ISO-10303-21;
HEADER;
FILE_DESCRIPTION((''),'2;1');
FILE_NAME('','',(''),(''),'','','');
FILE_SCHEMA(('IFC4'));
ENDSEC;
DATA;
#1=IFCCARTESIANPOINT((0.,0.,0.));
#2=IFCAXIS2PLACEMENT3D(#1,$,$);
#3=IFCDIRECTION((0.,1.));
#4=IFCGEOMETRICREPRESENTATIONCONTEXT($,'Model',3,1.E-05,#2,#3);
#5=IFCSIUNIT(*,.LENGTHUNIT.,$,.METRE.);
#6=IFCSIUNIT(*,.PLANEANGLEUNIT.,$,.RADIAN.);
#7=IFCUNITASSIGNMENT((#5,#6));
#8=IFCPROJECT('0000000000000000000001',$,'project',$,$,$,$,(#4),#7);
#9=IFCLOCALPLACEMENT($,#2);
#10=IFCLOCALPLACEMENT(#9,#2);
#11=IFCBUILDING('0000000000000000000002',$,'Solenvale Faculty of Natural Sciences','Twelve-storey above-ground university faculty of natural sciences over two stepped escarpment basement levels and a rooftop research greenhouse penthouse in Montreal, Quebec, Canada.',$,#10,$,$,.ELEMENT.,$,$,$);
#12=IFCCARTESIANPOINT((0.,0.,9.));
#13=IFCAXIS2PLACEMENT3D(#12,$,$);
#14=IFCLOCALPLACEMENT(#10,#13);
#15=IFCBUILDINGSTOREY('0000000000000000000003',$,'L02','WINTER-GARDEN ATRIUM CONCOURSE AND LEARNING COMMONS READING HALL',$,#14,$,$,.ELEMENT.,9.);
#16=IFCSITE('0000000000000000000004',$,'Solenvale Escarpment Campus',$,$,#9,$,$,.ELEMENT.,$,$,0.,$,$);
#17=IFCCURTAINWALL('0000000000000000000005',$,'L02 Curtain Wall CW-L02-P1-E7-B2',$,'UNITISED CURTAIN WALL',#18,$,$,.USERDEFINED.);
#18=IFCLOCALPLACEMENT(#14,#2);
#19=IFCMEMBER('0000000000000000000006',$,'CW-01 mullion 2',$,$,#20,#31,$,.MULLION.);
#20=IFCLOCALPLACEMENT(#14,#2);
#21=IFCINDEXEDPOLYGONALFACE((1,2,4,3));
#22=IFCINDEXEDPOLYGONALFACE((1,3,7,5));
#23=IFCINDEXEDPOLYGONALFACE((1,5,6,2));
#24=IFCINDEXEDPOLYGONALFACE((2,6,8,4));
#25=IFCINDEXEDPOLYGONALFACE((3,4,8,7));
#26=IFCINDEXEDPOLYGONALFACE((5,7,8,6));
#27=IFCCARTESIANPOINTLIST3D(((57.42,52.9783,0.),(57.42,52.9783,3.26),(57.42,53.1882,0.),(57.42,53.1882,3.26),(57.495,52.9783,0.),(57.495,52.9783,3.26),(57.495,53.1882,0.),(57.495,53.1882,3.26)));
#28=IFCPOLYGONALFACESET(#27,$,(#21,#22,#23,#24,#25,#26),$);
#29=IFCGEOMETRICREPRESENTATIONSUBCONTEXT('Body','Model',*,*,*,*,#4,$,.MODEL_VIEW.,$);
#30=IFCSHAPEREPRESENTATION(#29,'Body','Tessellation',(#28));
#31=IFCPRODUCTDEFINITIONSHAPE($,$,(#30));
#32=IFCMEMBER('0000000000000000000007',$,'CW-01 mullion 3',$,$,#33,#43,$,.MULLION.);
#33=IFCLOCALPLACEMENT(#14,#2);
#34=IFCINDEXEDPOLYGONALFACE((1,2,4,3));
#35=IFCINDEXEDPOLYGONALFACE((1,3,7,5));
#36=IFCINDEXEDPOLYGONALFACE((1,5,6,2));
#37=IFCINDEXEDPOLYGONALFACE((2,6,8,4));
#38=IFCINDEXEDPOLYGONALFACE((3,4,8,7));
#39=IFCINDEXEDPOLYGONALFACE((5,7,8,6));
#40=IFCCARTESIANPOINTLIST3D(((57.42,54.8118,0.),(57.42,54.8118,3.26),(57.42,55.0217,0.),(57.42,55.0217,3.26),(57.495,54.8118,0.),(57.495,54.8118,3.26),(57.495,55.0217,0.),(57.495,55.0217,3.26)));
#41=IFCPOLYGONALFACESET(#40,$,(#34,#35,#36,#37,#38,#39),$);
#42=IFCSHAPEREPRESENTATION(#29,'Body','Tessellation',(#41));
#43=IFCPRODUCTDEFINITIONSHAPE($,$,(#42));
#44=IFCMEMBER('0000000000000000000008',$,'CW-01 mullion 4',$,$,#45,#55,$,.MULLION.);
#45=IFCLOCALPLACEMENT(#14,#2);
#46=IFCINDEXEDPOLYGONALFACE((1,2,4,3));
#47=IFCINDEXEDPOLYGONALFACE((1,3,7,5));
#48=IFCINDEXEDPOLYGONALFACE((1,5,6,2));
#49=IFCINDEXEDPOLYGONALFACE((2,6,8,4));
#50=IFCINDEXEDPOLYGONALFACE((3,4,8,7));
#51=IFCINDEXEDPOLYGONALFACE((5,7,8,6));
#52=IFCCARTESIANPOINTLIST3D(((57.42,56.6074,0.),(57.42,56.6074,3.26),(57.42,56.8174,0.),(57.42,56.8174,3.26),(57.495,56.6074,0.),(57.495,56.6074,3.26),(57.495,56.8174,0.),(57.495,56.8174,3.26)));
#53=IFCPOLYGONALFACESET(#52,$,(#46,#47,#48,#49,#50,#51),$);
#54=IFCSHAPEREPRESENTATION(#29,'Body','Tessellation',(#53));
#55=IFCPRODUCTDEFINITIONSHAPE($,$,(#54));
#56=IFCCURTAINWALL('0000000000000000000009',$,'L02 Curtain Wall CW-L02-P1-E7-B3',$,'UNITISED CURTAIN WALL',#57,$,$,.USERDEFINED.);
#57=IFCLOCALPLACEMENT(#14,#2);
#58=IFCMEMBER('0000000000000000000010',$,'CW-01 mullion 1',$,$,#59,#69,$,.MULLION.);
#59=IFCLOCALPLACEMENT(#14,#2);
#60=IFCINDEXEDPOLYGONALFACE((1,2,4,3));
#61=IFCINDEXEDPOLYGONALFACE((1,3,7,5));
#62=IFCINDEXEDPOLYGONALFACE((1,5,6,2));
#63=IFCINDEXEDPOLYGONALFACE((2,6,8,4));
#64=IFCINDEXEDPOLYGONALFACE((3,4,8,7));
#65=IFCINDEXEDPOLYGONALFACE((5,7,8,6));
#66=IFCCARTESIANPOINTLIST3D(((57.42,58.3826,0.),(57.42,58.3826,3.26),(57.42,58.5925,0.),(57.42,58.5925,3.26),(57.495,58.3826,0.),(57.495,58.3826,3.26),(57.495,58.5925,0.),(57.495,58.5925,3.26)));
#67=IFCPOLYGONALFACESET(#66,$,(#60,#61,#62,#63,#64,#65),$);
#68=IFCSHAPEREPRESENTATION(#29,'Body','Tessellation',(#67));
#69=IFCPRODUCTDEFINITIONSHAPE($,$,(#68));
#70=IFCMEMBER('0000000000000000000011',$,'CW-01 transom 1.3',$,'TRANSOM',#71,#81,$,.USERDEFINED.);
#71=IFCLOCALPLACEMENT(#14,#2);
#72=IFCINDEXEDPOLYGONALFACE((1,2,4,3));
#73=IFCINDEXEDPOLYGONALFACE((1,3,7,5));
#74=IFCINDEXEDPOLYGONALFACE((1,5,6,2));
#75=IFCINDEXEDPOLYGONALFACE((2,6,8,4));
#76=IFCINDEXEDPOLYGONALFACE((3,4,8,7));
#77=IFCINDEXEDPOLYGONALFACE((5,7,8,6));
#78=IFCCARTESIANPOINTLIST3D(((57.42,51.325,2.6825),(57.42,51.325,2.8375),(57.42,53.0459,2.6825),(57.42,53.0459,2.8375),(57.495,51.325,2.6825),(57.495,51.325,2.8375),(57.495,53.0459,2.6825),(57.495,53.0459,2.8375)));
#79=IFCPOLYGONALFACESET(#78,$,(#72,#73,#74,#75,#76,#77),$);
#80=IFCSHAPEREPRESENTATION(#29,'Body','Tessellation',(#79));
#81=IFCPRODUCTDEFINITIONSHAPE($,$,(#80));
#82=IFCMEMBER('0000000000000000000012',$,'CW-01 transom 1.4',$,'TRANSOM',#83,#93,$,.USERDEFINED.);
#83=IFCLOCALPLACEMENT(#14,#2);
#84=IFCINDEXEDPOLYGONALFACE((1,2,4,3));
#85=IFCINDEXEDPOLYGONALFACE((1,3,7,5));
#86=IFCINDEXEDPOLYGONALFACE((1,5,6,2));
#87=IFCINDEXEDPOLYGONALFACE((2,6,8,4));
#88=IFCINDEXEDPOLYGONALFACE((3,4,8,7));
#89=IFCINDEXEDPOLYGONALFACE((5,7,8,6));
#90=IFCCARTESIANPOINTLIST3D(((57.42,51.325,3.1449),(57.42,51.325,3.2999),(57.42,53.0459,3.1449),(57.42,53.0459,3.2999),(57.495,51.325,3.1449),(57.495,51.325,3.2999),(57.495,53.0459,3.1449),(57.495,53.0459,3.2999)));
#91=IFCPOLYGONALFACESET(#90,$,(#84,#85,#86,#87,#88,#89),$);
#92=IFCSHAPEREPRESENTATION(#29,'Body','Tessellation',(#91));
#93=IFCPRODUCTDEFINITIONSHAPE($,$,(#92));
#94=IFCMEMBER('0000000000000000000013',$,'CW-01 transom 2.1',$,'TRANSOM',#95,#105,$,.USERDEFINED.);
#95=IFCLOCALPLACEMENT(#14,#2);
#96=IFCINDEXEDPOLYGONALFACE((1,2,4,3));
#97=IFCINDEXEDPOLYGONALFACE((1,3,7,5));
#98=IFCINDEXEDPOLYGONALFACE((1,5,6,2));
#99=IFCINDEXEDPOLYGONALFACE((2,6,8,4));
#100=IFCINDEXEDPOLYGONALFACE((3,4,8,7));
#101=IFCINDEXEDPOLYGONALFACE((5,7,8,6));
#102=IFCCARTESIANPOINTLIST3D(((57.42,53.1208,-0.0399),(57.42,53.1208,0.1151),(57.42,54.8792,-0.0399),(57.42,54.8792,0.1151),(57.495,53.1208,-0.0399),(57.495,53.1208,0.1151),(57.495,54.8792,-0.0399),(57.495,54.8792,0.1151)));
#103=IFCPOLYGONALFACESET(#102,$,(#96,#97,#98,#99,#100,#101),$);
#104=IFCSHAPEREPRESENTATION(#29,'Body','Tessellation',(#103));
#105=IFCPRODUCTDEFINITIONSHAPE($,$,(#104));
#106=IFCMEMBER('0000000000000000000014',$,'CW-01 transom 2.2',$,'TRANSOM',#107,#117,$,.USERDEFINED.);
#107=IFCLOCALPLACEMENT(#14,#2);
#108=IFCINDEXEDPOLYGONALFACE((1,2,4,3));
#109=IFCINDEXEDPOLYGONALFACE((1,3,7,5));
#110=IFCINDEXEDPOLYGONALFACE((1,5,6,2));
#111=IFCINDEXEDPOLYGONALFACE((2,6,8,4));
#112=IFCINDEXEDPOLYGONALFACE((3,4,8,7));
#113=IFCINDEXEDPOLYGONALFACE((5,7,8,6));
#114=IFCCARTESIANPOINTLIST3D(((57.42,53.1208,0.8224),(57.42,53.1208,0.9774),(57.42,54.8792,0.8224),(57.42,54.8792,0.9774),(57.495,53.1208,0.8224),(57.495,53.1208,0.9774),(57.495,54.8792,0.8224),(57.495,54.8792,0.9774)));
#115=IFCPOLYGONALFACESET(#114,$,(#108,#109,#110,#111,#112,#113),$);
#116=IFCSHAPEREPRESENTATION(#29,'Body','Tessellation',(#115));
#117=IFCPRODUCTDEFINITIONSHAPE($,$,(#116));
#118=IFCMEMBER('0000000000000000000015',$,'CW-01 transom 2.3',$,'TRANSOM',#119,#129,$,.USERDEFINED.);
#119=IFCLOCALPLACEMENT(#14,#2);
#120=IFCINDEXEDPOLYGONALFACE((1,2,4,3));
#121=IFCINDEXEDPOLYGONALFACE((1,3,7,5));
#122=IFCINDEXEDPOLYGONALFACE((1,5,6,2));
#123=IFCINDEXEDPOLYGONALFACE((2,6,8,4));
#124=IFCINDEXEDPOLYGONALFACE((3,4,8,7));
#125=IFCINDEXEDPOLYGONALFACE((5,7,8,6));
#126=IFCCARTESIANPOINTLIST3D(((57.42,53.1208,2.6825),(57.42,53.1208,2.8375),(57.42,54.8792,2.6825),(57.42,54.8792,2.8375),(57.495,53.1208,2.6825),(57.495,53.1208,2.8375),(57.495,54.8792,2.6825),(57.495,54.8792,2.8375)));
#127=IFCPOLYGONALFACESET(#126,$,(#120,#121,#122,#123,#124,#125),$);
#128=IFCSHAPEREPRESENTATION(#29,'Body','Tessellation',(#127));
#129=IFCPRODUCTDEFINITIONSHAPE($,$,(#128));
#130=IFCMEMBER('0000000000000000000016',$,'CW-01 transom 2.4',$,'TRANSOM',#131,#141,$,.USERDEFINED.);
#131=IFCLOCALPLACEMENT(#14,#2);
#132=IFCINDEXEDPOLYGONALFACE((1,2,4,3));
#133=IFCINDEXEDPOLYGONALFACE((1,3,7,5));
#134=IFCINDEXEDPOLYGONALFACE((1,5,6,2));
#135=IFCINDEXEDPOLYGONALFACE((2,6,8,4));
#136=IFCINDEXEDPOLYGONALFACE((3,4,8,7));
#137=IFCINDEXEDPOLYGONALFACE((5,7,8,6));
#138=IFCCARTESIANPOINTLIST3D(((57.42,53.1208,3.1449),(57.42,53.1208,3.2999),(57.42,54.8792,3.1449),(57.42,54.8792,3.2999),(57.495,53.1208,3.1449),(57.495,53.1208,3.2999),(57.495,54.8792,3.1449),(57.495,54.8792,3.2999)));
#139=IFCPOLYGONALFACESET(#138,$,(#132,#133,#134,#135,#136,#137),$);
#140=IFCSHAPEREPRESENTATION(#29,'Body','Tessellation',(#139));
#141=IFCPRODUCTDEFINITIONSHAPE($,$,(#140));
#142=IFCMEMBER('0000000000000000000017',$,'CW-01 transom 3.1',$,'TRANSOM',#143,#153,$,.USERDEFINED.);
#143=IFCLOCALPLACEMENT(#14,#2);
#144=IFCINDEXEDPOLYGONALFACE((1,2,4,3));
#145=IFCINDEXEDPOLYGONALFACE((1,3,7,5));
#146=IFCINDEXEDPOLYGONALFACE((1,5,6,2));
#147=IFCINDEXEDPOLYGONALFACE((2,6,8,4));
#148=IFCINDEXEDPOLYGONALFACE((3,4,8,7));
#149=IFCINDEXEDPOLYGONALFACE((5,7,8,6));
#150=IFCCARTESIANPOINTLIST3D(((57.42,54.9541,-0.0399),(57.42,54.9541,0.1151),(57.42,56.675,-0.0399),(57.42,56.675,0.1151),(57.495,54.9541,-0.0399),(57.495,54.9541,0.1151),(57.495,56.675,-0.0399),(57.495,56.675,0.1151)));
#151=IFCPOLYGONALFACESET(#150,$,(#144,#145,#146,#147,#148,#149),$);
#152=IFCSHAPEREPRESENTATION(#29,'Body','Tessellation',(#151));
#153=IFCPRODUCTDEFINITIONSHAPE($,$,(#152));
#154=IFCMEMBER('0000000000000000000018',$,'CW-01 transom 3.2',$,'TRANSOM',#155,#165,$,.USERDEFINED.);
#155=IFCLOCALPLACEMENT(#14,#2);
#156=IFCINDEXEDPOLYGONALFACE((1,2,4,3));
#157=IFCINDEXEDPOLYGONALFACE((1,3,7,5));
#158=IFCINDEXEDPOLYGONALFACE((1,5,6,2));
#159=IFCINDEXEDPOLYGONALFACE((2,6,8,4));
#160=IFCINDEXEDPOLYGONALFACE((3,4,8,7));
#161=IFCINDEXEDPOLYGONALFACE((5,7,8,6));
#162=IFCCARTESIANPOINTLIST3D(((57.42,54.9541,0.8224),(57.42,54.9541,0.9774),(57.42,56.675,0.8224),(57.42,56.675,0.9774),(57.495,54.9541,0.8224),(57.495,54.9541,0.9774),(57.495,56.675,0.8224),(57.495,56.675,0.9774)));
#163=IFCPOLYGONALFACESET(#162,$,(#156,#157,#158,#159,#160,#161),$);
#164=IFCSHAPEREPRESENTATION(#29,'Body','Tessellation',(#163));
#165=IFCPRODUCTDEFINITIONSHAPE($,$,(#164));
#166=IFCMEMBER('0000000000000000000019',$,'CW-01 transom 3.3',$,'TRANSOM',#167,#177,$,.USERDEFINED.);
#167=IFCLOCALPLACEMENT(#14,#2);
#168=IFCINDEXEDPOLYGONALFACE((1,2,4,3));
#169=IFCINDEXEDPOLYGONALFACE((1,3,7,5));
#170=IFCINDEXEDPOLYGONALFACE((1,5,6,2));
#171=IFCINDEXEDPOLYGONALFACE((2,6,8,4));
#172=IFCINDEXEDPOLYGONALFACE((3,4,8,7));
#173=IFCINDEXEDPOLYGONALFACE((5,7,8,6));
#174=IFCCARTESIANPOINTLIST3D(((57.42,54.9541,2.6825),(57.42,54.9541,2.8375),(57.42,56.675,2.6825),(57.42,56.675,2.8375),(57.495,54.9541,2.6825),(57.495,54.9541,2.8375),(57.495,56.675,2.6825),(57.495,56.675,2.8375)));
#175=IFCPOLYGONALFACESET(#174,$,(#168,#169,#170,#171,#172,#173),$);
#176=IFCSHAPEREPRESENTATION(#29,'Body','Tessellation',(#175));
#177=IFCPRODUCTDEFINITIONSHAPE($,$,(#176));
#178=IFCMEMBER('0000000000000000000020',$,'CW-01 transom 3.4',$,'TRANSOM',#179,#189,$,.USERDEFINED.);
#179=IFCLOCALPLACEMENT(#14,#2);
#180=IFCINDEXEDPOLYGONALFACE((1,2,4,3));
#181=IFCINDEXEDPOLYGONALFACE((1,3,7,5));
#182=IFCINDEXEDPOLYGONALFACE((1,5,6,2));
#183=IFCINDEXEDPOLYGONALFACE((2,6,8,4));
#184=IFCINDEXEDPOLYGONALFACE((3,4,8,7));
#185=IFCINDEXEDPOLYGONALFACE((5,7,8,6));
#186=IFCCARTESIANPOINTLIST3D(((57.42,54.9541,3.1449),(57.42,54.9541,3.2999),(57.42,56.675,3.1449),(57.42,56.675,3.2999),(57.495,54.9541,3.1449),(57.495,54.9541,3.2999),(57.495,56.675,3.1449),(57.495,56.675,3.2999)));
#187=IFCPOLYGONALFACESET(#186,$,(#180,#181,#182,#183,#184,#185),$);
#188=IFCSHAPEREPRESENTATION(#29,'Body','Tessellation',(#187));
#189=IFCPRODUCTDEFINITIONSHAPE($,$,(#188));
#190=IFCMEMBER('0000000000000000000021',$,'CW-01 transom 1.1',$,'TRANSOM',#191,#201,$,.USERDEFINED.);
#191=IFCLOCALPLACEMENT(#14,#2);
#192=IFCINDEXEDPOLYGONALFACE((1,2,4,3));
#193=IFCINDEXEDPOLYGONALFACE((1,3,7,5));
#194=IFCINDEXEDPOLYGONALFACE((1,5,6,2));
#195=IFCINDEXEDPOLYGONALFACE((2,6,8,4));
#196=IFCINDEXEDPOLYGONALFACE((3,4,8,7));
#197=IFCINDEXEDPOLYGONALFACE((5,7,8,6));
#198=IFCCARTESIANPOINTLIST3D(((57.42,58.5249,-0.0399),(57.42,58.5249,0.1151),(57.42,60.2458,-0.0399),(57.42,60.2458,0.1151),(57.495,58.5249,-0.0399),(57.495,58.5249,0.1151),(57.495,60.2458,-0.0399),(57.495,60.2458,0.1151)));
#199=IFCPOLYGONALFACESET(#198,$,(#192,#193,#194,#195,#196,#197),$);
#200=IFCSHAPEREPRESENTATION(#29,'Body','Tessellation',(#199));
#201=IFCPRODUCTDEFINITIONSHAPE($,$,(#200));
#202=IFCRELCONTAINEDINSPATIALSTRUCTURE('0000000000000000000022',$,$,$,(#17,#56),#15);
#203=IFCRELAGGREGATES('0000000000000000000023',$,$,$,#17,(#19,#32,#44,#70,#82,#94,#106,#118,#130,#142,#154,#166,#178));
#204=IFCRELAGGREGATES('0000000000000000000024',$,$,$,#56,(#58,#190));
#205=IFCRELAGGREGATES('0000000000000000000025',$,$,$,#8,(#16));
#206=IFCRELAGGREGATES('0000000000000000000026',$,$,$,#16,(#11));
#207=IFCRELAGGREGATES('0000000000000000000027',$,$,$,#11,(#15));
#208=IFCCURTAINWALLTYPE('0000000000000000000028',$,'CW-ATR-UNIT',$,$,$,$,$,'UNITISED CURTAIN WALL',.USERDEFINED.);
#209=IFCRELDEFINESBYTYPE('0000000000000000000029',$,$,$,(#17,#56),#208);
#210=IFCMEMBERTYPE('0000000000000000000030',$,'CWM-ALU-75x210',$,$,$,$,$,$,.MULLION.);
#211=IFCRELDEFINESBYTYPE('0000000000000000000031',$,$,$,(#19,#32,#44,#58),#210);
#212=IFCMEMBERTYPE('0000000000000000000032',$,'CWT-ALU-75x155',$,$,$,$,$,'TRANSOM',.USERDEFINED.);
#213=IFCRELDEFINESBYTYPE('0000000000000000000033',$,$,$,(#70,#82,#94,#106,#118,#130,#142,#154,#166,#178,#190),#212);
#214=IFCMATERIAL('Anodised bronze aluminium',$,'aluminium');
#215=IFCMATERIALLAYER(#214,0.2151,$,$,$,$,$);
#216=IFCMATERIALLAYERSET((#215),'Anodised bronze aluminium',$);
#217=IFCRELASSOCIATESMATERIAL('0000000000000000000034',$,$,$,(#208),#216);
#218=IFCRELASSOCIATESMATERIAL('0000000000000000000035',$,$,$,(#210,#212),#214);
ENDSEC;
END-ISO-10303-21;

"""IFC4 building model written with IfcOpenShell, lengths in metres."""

from ifc_helpers import new_model, si_unit, direction, frame, origin, origin_2d, place, context, subcontext, project, spatial, rectangle, extrude, material, layer, layer_set, material_profile, profile_set, type_object, element, aggregate, save


model = new_model("IFC4")

# Units and contexts
model_context = context("Model", 3, precision=1e-05, world=origin(), true_north=direction((0.0, 1.0)))
body_context = subcontext(model_context, "Body", "Model", "MODEL_VIEW")
ifc_project = project(units=[si_unit("LENGTHUNIT", "METRE"), si_unit("PLANEANGLEUNIT", "RADIAN")], contexts=[model_context])

# Site, building, storey
site_placement = place(None, origin())
site = spatial("IfcSite", under=ifc_project, at=site_placement, Name="Solenvale Escarpment Campus", CompositionType="ELEMENT", RefElevation=0.0)
building_placement = place(site_placement, origin())
building = spatial("IfcBuilding", under=site, at=building_placement, Name="Solenvale Faculty of Natural Sciences", Description="Twelve-storey above-ground university faculty of natural sciences over two stepped escarpment basement levels and a rooftop research greenhouse penthouse in Montreal, Quebec, Canada.", CompositionType="ELEMENT")
storey_placement = place(building_placement, frame((0.0, 0.0, 9.0)))
storey = spatial("IfcBuildingStorey", under=building, at=storey_placement, Name="L02", Description="WINTER-GARDEN ATRIUM CONCOURSE AND LEARNING COMMONS READING HALL", CompositionType="ELEMENT", Elevation=9.0)

# Curtain wall, members
ifc_material_1 = material(Name="Anodised bronze aluminium", Category="aluminium")
ifc_layer_1 = layer(ifc_material_1, 0.2151)
ifc_layer_set_1 = layer_set([ifc_layer_1], Name="Anodised bronze aluminium")
curtain_wall_type = type_object("IfcCurtainWallType", Name="CW-ATR-UNIT", ElementType="UNITISED CURTAIN WALL", PredefinedType="USERDEFINED", material=ifc_layer_set_1)
curtain_wall_1_placement = place(storey_placement, origin())
curtain_wall_1 = element("IfcCurtainWall", 1, at=curtain_wall_1_placement, inside=storey, type_object=curtain_wall_type, Name="L02 Curtain Wall CW-L02-P1-E7-B2", ObjectType="UNITISED CURTAIN WALL", PredefinedType="USERDEFINED")
ifc_material_profile_1 = material_profile(ifc_material_1, rectangle(XDim=0.075, YDim=0.21, at=origin_2d()), Name="ALU-MUL-75x210")
ifc_profile_set_1 = profile_set([ifc_material_profile_1], Name="Anodised bronze aluminium")
member_type_1 = type_object("IfcMemberType", Name="CWM-ALU-75x210", PredefinedType="MULLION", material=ifc_profile_set_1)
member_1_placement = place(storey_placement, frame((57.4575, 53.0833, 0.0), z_axis=(0.0, 0.0, 1.0), x_axis=(-1.0, 0.0, 0.0)))
member_1 = element("IfcMember", 2, at=member_1_placement, type_object=member_type_1, Name="CW-01 mullion 2", PredefinedType="MULLION", context=body_context, shape_type="SweptSolid", body=[
    extrude(rectangle(XDim=0.075, YDim=0.21, at=origin_2d()), origin(), (0.0, 0.0, 1.0), 3.26),
])
member_2_placement = place(storey_placement, frame((57.4575, 54.9167, 0.0), z_axis=(0.0, 0.0, 1.0), x_axis=(-1.0, 0.0, 0.0)))
member_2 = element("IfcMember", 3, at=member_2_placement, type_object=member_type_1, Name="CW-01 mullion 3", PredefinedType="MULLION", context=body_context, shape_type="SweptSolid", body=[
    extrude(rectangle(XDim=0.075, YDim=0.21, at=origin_2d()), origin(), (0.0, 0.0, 1.0), 3.26),
])
member_3_placement = place(storey_placement, frame((57.4575, 56.7124, 0.0), z_axis=(0.0, 0.0, 1.0), x_axis=(-1.0, 0.0, 0.0)))
member_3 = element("IfcMember", 4, at=member_3_placement, type_object=member_type_1, Name="CW-01 mullion 4", PredefinedType="MULLION", context=body_context, shape_type="SweptSolid", body=[
    extrude(rectangle(XDim=0.075, YDim=0.21, at=origin_2d()), origin(), (0.0, 0.0, 1.0), 3.26),
])

# Curtain wall, member
curtain_wall_2_placement = place(storey_placement, origin())
curtain_wall_2 = element("IfcCurtainWall", 5, at=curtain_wall_2_placement, inside=storey, type_object=curtain_wall_type, Name="L02 Curtain Wall CW-L02-P1-E7-B3", ObjectType="UNITISED CURTAIN WALL", PredefinedType="USERDEFINED")
member_4_placement = place(storey_placement, frame((57.4575, 58.4875, 0.0), z_axis=(0.0, 0.0, 1.0), x_axis=(-1.0, 0.0, 0.0)))
member_4 = element("IfcMember", 6, at=member_4_placement, type_object=member_type_1, Name="CW-01 mullion 1", PredefinedType="MULLION", context=body_context, shape_type="SweptSolid", body=[
    extrude(rectangle(XDim=0.075, YDim=0.21, at=origin_2d()), origin(), (0.0, 0.0, 1.0), 3.26),
])

# Members
ifc_material_profile_2 = material_profile(ifc_material_1, rectangle(XDim=0.075, YDim=0.155, at=origin_2d()), Name="ALU-TRN-75x155")
ifc_profile_set_2 = profile_set([ifc_material_profile_2], Name="Anodised bronze aluminium")
member_type_2 = type_object("IfcMemberType", Name="CWT-ALU-75x155", ElementType="TRANSOM", PredefinedType="USERDEFINED", material=ifc_profile_set_2)
member_5_placement = place(storey_placement, frame((57.4575, 51.325, 2.76), z_axis=(0.0, 1.0, 0.0), x_axis=(-1.0, 0.0, 0.0)))
member_5 = element("IfcMember", 7, at=member_5_placement, type_object=member_type_2, Name="CW-01 transom 1.3", ObjectType="TRANSOM", PredefinedType="USERDEFINED", context=body_context, shape_type="SweptSolid", body=[
    extrude(rectangle(XDim=0.075, YDim=0.155, at=origin_2d()), origin(), (0.0, 0.0, 1.0), 1.7209),
])
member_6_placement = place(storey_placement, frame((57.4575, 51.325, 3.2224), z_axis=(0.0, 1.0, 0.0), x_axis=(-1.0, 0.0, 0.0)))
member_6 = element("IfcMember", 8, at=member_6_placement, type_object=member_type_2, Name="CW-01 transom 1.4", ObjectType="TRANSOM", PredefinedType="USERDEFINED", context=body_context, shape_type="SweptSolid", body=[
    extrude(rectangle(XDim=0.075, YDim=0.155, at=origin_2d()), origin(), (0.0, 0.0, 1.0), 1.7209),
])
member_7_placement = place(storey_placement, frame((57.4575, 53.1208, 0.0376), z_axis=(0.0, 1.0, 0.0), x_axis=(-1.0, 0.0, 0.0)))
member_7 = element("IfcMember", 9, at=member_7_placement, type_object=member_type_2, Name="CW-01 transom 2.1", ObjectType="TRANSOM", PredefinedType="USERDEFINED", context=body_context, shape_type="SweptSolid", body=[
    extrude(rectangle(XDim=0.075, YDim=0.155, at=origin_2d()), origin(), (0.0, 0.0, 1.0), 1.7583),
])
member_8_placement = place(storey_placement, frame((57.4575, 53.1208, 0.8999), z_axis=(0.0, 1.0, 0.0), x_axis=(-1.0, 0.0, 0.0)))
member_8 = element("IfcMember", 10, at=member_8_placement, type_object=member_type_2, Name="CW-01 transom 2.2", ObjectType="TRANSOM", PredefinedType="USERDEFINED", context=body_context, shape_type="SweptSolid", body=[
    extrude(rectangle(XDim=0.075, YDim=0.155, at=origin_2d()), origin(), (0.0, 0.0, 1.0), 1.7583),
])
member_9_placement = place(storey_placement, frame((57.4575, 53.1208, 2.76), z_axis=(0.0, 1.0, 0.0), x_axis=(-1.0, 0.0, 0.0)))
member_9 = element("IfcMember", 11, at=member_9_placement, type_object=member_type_2, Name="CW-01 transom 2.3", ObjectType="TRANSOM", PredefinedType="USERDEFINED", context=body_context, shape_type="SweptSolid", body=[
    extrude(rectangle(XDim=0.075, YDim=0.155, at=origin_2d()), origin(), (0.0, 0.0, 1.0), 1.7583),
])
member_10_placement = place(storey_placement, frame((57.4575, 53.1208, 3.2224), z_axis=(0.0, 1.0, 0.0), x_axis=(-1.0, 0.0, 0.0)))
member_10 = element("IfcMember", 12, at=member_10_placement, type_object=member_type_2, Name="CW-01 transom 2.4", ObjectType="TRANSOM", PredefinedType="USERDEFINED", context=body_context, shape_type="SweptSolid", body=[
    extrude(rectangle(XDim=0.075, YDim=0.155, at=origin_2d()), origin(), (0.0, 0.0, 1.0), 1.7583),
])
member_11_placement = place(storey_placement, frame((57.4575, 54.9541, 0.0376), z_axis=(0.0, 1.0, 0.0), x_axis=(-1.0, 0.0, 0.0)))
member_11 = element("IfcMember", 13, at=member_11_placement, type_object=member_type_2, Name="CW-01 transom 3.1", ObjectType="TRANSOM", PredefinedType="USERDEFINED", context=body_context, shape_type="SweptSolid", body=[
    extrude(rectangle(XDim=0.075, YDim=0.155, at=origin_2d()), origin(), (0.0, 0.0, 1.0), 1.7209),
])
member_12_placement = place(storey_placement, frame((57.4575, 54.9541, 0.8999), z_axis=(0.0, 1.0, 0.0), x_axis=(-1.0, 0.0, 0.0)))
member_12 = element("IfcMember", 14, at=member_12_placement, type_object=member_type_2, Name="CW-01 transom 3.2", ObjectType="TRANSOM", PredefinedType="USERDEFINED", context=body_context, shape_type="SweptSolid", body=[
    extrude(rectangle(XDim=0.075, YDim=0.155, at=origin_2d()), origin(), (0.0, 0.0, 1.0), 1.7209),
])
member_13_placement = place(storey_placement, frame((57.4575, 54.9541, 2.76), z_axis=(0.0, 1.0, 0.0), x_axis=(-1.0, 0.0, 0.0)))
member_13 = element("IfcMember", 15, at=member_13_placement, type_object=member_type_2, Name="CW-01 transom 3.3", ObjectType="TRANSOM", PredefinedType="USERDEFINED", context=body_context, shape_type="SweptSolid", body=[
    extrude(rectangle(XDim=0.075, YDim=0.155, at=origin_2d()), origin(), (0.0, 0.0, 1.0), 1.7209),
])
member_14_placement = place(storey_placement, frame((57.4575, 54.9541, 3.2224), z_axis=(0.0, 1.0, 0.0), x_axis=(-1.0, 0.0, 0.0)))
member_14 = element("IfcMember", 16, at=member_14_placement, type_object=member_type_2, Name="CW-01 transom 3.4", ObjectType="TRANSOM", PredefinedType="USERDEFINED", context=body_context, shape_type="SweptSolid", body=[
    extrude(rectangle(XDim=0.075, YDim=0.155, at=origin_2d()), origin(), (0.0, 0.0, 1.0), 1.7209),
])
member_15_placement = place(storey_placement, frame((57.4575, 58.5249, 0.0376), z_axis=(0.0, 1.0, 0.0), x_axis=(-1.0, 0.0, 0.0)))
member_15 = element("IfcMember", 17, at=member_15_placement, type_object=member_type_2, Name="CW-01 transom 1.1", ObjectType="TRANSOM", PredefinedType="USERDEFINED", context=body_context, shape_type="SweptSolid", body=[
    extrude(rectangle(XDim=0.075, YDim=0.155, at=origin_2d()), origin(), (0.0, 0.0, 1.0), 1.7209),
])

aggregate(curtain_wall_1, [member_1, member_2, member_3, member_5, member_6, member_7, member_8, member_9, member_10, member_11, member_12, member_13, member_14])
aggregate(curtain_wall_2, [member_4, member_15])

save(model, "model.ifc")
